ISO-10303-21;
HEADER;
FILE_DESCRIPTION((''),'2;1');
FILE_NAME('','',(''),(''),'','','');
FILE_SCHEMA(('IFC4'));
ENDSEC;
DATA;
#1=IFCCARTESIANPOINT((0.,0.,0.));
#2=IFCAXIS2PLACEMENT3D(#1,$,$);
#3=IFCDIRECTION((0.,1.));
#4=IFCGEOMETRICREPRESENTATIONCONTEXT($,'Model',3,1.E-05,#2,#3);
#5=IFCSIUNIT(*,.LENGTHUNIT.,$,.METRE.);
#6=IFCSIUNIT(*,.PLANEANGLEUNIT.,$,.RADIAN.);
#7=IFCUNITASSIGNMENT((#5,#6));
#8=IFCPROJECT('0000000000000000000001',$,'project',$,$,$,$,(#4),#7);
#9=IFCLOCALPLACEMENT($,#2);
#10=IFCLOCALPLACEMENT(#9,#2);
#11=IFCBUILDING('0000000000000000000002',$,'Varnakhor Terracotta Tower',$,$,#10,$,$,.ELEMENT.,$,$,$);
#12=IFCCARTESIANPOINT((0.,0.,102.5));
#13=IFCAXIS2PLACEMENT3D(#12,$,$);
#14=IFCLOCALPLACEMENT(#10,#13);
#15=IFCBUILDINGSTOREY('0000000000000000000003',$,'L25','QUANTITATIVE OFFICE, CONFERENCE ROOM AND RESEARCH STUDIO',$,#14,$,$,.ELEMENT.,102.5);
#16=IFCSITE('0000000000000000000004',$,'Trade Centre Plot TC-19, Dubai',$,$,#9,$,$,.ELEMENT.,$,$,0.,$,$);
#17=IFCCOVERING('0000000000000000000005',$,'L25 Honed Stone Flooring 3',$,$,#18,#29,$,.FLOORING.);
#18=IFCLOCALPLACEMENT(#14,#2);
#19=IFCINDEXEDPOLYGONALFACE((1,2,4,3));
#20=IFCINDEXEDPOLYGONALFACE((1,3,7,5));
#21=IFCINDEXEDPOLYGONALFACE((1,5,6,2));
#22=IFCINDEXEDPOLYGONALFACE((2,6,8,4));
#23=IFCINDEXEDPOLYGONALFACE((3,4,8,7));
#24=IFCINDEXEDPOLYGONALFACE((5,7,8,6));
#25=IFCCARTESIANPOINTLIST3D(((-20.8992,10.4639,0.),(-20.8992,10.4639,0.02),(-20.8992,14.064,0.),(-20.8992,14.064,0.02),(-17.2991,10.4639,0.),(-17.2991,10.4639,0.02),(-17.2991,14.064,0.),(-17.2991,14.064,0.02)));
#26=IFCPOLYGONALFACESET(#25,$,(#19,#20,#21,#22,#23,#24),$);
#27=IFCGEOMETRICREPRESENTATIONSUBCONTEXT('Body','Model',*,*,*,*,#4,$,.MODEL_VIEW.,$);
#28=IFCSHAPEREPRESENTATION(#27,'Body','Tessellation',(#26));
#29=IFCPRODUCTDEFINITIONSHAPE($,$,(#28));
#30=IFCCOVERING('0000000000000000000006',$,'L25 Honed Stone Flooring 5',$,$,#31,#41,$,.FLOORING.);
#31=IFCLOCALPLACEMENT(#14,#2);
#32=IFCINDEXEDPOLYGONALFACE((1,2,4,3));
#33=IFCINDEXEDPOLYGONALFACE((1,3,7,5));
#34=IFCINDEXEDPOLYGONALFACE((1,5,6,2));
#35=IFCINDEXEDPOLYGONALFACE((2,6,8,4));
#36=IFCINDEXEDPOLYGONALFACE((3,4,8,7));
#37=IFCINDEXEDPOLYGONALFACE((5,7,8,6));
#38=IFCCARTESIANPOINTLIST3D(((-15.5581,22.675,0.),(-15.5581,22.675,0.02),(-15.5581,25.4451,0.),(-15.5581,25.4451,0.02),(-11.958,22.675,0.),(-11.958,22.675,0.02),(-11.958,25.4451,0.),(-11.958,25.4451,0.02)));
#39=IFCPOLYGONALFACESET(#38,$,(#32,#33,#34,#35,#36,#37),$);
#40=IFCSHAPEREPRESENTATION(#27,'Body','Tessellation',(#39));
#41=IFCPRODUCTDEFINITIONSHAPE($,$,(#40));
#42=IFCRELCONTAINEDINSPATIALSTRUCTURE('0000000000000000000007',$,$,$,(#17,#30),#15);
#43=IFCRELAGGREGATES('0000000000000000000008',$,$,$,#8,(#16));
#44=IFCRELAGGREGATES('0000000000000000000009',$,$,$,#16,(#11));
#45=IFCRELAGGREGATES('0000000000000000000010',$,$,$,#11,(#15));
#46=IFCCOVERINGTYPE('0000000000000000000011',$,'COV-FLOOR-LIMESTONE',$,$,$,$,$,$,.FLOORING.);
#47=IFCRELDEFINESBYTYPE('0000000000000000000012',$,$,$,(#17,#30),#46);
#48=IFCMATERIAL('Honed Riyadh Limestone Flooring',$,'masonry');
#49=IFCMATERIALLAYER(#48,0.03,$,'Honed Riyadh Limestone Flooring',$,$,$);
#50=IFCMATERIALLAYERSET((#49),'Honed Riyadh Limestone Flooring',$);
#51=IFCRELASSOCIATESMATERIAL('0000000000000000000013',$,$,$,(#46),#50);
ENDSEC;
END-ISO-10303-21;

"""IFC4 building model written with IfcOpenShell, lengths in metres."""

from ifc_helpers import new_model, si_unit, direction, frame, origin, origin_2d, place, context, subcontext, project, spatial, rectangle, extrude, source, transform, mapped, material, layer, layer_set, type_object, element, save


model = new_model("IFC4")

# Units and contexts
model_context = context("Model", 3, precision=1e-05, world=origin(), true_north=direction((0.0, 1.0)))
body_context = subcontext(model_context, "Body", "Model", "MODEL_VIEW")
ifc_project = project(units=[si_unit("LENGTHUNIT", "METRE"), si_unit("PLANEANGLEUNIT", "RADIAN")], contexts=[model_context])

# Site, building, storey
site_placement = place(None, origin())
site = spatial("IfcSite", under=ifc_project, at=site_placement, Name="Trade Centre Plot TC-19, Dubai", CompositionType="ELEMENT", RefElevation=0.0)
building_placement = place(site_placement, origin())
building = spatial("IfcBuilding", under=site, at=building_placement, Name="Varnakhor Terracotta Tower", CompositionType="ELEMENT")
storey_placement = place(building_placement, frame((0.0, 0.0, 102.5)))
storey = spatial("IfcBuildingStorey", under=building, at=storey_placement, Name="L25", Description="QUANTITATIVE OFFICE, CONFERENCE ROOM AND RESEARCH STUDIO", CompositionType="ELEMENT", Elevation=102.5)

# Coverings
ifc_material_1 = material(Name="Honed Riyadh Limestone Flooring", Category="masonry")
ifc_layer_1 = layer(ifc_material_1, 0.03, Name="Honed Riyadh Limestone Flooring")
ifc_layer_set_1 = layer_set([ifc_layer_1], Name="Honed Riyadh Limestone Flooring")
covering_type_1 = type_object("IfcCoveringType", Name="COV-FLOOR-LIMESTONE", PredefinedType="FLOORING", material=ifc_layer_set_1)
shared_shape_1 = source(origin(), body_context, "Body", "SweptSolid", [
    extrude(rectangle(XDim=3.6001, YDim=3.6001, at=origin_2d()), origin(), (0.0, 0.0, 1.0), 0.02),
])
covering_1_placement = place(storey_placement, frame((-19.0991, 12.2639, 0.0), z_axis=(0.0, 0.0, 1.0), x_axis=(1.0, 0.0, 0.0)))
element("IfcCovering", 1, at=covering_1_placement, inside=storey, type_object=covering_type_1, Name="L25 Honed Stone Flooring 3", PredefinedType="FLOORING", context=body_context, shape_type="MappedRepresentation", body=[
    mapped(shared_shape_1, transform((0.0, 0.0, 0.0), scale=1.0)),
])
shared_shape_2 = source(origin(), body_context, "Body", "SweptSolid", [
    extrude(rectangle(XDim=3.6001, YDim=2.77, at=origin_2d()), origin(), (0.0, 0.0, 1.0), 0.02),
])
covering_2_placement = place(storey_placement, frame((-13.7581, 24.0601, 0.0), z_axis=(0.0, 0.0, 1.0), x_axis=(1.0, 0.0, 0.0)))
element("IfcCovering", 2, at=covering_2_placement, inside=storey, type_object=covering_type_1, Name="L25 Honed Stone Flooring 5", PredefinedType="FLOORING", context=body_context, shape_type="MappedRepresentation", body=[
    mapped(shared_shape_2, transform((0.0, 0.0, 0.0), scale=1.0)),
])

save(model, "model.ifc")
